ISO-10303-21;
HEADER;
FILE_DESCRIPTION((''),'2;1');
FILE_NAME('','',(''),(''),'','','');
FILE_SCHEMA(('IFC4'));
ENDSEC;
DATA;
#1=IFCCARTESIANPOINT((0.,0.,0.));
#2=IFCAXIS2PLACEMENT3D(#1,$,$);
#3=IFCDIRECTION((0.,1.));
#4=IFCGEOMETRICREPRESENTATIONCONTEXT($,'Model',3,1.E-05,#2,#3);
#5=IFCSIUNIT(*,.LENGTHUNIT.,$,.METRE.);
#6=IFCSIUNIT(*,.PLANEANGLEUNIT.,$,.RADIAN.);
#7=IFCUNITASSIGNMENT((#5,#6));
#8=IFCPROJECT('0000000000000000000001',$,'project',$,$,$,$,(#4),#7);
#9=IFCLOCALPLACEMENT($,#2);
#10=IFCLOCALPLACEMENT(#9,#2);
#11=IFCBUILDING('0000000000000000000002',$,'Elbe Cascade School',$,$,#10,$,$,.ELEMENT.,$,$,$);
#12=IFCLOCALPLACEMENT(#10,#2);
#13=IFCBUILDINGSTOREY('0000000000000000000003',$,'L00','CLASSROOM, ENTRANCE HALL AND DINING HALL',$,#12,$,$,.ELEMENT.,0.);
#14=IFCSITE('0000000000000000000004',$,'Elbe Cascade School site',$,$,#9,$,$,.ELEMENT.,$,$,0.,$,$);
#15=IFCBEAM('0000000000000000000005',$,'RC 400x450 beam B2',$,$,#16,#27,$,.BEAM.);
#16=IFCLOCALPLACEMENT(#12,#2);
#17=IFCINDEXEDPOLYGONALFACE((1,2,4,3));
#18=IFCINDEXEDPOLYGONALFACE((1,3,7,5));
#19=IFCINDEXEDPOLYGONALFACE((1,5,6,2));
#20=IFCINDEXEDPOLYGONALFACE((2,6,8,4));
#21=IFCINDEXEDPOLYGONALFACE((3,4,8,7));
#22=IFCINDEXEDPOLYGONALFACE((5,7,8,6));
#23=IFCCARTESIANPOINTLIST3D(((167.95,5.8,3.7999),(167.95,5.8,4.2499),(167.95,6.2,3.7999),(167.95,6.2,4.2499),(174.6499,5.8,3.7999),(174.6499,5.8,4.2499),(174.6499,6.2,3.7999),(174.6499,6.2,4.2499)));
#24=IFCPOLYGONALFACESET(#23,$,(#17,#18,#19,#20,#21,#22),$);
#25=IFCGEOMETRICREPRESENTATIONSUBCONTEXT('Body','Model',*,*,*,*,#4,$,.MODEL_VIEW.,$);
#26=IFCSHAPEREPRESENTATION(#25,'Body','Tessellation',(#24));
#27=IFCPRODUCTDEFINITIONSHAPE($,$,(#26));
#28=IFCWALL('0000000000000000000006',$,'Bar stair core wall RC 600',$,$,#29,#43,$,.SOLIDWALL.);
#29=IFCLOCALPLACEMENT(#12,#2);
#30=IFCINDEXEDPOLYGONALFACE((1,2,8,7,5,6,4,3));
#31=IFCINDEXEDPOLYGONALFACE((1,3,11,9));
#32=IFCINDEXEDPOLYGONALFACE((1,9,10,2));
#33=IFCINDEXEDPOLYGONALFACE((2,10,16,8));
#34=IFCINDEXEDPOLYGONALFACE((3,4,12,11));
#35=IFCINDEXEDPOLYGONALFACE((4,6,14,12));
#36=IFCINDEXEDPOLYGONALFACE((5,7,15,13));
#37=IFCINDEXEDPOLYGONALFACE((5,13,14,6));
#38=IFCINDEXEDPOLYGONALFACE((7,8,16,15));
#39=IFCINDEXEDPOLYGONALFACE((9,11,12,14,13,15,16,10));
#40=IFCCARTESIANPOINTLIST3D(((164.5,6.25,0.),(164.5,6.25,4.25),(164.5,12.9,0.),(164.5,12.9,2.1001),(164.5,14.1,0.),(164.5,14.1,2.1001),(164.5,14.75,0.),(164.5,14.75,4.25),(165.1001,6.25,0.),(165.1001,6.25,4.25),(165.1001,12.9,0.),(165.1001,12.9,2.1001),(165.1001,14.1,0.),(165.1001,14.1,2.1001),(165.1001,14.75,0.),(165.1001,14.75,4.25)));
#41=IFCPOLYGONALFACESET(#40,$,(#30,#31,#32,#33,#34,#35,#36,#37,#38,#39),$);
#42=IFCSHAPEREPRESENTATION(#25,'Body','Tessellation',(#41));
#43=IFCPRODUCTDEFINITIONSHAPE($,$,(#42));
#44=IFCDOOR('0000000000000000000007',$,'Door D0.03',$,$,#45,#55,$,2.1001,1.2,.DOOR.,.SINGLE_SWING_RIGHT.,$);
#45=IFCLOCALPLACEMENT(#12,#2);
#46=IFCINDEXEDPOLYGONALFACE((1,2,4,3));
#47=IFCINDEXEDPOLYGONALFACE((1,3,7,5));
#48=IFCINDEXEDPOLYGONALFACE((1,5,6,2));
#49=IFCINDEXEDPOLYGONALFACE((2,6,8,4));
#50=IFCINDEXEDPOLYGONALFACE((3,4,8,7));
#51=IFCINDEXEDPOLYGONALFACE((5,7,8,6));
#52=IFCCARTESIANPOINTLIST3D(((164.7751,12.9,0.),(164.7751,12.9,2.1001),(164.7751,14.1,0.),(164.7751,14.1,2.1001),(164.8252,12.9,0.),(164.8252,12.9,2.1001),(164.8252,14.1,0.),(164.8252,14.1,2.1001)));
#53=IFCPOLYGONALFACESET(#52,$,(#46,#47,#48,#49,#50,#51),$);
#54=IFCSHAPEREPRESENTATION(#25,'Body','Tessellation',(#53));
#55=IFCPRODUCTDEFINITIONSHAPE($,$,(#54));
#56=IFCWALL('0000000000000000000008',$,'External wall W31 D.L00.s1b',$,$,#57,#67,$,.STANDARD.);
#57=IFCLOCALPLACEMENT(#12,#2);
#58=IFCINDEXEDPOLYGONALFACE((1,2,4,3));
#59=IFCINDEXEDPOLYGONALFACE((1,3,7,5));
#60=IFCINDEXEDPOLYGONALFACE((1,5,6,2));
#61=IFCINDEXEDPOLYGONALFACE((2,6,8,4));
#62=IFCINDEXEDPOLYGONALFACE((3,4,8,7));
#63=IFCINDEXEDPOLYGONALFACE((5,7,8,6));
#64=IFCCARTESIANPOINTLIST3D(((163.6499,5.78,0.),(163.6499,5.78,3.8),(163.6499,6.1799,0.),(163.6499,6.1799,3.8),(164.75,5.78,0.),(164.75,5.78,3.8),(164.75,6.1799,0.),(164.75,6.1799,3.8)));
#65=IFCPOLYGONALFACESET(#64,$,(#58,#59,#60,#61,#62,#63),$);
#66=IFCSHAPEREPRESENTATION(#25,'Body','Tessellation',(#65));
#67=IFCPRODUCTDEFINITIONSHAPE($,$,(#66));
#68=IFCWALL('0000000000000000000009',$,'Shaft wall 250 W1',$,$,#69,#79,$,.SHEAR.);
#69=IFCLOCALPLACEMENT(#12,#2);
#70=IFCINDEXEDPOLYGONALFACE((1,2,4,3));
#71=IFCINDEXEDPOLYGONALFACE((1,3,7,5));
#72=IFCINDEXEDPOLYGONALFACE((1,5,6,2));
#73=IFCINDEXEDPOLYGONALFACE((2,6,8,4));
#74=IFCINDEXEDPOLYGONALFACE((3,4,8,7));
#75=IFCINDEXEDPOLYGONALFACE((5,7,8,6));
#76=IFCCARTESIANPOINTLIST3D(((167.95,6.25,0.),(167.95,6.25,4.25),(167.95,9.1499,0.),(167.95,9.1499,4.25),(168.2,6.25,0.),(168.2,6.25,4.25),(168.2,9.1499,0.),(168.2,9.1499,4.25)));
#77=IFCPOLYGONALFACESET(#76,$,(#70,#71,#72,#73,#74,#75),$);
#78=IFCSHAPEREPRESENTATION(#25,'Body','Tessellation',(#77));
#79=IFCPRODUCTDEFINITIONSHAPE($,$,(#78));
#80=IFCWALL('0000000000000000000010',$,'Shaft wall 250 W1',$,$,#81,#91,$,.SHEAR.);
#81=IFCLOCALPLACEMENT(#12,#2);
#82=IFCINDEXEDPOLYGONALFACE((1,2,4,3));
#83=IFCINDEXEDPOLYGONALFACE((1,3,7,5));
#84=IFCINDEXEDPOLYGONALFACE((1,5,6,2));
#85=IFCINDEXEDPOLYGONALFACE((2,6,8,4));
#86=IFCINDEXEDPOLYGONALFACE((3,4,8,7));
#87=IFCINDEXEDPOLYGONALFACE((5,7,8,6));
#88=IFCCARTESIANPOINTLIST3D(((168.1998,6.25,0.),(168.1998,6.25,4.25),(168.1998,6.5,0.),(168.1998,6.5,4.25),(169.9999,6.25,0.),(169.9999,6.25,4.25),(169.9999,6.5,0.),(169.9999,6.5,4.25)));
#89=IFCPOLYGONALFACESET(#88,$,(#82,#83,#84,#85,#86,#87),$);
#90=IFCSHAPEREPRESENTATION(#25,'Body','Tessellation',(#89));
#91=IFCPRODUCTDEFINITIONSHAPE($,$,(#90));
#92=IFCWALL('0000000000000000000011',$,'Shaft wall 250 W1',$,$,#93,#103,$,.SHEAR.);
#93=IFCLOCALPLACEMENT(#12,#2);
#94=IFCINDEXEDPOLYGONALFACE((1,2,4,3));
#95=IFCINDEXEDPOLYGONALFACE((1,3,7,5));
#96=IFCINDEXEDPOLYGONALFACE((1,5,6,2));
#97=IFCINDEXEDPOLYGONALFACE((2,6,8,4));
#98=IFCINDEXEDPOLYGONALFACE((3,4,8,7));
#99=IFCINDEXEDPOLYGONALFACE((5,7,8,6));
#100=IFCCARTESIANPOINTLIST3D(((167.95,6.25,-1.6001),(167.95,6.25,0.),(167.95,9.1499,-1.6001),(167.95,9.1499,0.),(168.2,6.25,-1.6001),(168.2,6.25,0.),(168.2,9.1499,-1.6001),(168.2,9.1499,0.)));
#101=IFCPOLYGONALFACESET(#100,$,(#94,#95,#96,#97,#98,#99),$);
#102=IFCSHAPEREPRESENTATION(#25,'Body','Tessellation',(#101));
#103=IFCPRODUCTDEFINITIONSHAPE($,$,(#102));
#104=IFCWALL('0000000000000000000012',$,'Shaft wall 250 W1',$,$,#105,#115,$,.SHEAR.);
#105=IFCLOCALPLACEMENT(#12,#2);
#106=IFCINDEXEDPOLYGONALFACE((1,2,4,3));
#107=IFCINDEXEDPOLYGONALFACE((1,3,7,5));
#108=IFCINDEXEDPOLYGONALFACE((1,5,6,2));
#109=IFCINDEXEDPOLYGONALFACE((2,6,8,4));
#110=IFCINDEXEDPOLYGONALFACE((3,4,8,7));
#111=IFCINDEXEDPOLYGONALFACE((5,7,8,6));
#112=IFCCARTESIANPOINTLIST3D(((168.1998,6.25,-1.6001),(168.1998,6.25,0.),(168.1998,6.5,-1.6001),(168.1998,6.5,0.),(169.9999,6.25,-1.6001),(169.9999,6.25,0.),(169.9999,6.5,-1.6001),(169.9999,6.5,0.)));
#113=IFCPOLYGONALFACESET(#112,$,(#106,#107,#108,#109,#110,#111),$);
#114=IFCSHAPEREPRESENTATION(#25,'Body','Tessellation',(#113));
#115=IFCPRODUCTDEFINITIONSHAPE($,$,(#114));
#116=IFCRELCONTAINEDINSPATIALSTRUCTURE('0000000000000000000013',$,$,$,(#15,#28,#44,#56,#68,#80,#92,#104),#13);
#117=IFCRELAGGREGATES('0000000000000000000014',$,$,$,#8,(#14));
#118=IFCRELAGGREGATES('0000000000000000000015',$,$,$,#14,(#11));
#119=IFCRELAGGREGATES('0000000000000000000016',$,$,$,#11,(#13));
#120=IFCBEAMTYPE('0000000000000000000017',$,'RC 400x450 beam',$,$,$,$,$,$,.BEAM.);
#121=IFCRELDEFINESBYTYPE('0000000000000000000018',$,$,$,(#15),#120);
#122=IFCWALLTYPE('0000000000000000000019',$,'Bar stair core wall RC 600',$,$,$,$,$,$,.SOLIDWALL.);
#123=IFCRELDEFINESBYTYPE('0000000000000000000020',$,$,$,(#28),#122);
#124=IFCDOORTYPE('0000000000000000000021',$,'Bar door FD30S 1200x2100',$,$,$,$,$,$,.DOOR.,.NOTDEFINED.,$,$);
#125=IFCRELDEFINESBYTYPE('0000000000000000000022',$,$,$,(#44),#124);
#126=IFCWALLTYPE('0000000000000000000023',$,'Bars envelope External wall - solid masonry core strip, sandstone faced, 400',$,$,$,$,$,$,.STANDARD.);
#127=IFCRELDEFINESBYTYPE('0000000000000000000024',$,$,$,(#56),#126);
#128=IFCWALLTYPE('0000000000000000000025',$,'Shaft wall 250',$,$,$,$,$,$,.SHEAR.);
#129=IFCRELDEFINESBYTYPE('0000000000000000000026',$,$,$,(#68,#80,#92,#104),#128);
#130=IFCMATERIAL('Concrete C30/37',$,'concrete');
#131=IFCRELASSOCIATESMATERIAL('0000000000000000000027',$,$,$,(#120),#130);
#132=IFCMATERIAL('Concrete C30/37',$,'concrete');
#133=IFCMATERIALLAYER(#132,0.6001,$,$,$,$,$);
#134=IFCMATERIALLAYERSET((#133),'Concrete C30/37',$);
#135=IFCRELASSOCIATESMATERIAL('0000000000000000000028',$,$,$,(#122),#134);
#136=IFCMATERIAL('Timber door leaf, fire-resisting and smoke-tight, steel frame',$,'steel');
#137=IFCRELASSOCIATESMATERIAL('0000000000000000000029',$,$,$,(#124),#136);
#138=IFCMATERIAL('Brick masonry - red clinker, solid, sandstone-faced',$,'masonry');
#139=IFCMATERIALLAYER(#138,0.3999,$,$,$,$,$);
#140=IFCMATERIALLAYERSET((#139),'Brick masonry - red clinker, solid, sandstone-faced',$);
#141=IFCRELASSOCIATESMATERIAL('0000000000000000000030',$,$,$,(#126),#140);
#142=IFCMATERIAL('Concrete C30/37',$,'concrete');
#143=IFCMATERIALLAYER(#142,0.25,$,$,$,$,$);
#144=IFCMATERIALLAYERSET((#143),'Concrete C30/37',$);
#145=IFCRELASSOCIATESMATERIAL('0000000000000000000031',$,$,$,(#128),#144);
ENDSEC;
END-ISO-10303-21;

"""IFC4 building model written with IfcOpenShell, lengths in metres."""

from ifc_helpers import new_model, si_unit, direction, frame, frame_2d, origin, origin_2d, place, context, subcontext, project, spatial, rectangle, extrude, material, layer, layer_set, material_profile, profile_set, type_object, element, fill, save


model = new_model("IFC4")

# Units and contexts
model_context = context("Model", 3, precision=1e-05, world=origin(), true_north=direction((0.0, 1.0)))
body_context = subcontext(model_context, "Body", "Model", "MODEL_VIEW")
ifc_project = project(units=[si_unit("LENGTHUNIT", "METRE"), si_unit("PLANEANGLEUNIT", "RADIAN")], contexts=[model_context])

# Site, building, storey
site_placement = place(None, origin())
site = spatial("IfcSite", under=ifc_project, at=site_placement, Name="Elbe Cascade School site", CompositionType="ELEMENT", RefElevation=0.0)
building_placement = place(site_placement, origin())
building = spatial("IfcBuilding", under=site, at=building_placement, Name="Elbe Cascade School", CompositionType="ELEMENT")
storey_placement = place(building_placement, origin())
storey = spatial("IfcBuildingStorey", under=building, at=storey_placement, Name="L00", Description="CLASSROOM, ENTRANCE HALL AND DINING HALL", CompositionType="ELEMENT", Elevation=0.0)

# Beam
ifc_material_1 = material(Name="Concrete C30/37", Category="concrete")
ifc_material_profile_1 = material_profile(ifc_material_1, rectangle(XDim=0.3999, YDim=0.45, at=origin_2d()), Name="RC 400x450")
ifc_profile_set_1 = profile_set([ifc_material_profile_1], Name="Concrete C30/37")
beam_type_1 = type_object("IfcBeamType", Name="RC 400x450 beam", PredefinedType="BEAM", material=ifc_profile_set_1)
beam_1_placement = place(storey_placement, frame((167.95, 6.0, 4.0249), z_axis=(1.0, 0.0, 0.0), x_axis=(0.0, 1.0, 0.0)))
element("IfcBeam", 1, at=beam_1_placement, inside=storey, type_object=beam_type_1, Name="RC 400x450 beam B2", PredefinedType="BEAM", context=body_context, shape_type="SweptSolid", body=[
    extrude(rectangle(XDim=0.3999, YDim=0.45, at=origin_2d()), origin(), (0.0, 0.0, 1.0), 6.7),
])

# Wall, opening, door
ifc_material_2 = material(Name="Concrete C30/37", Category="concrete")
ifc_layer_1 = layer(ifc_material_2, 0.6001)
ifc_layer_set_1 = layer_set([ifc_layer_1], Name="Concrete C30/37")
wall_type_1 = type_object("IfcWallType", Name="Bar stair core wall RC 600", PredefinedType="SOLIDWALL", material=ifc_layer_set_1)
wall_1_placement = place(storey_placement, frame((164.8, 6.25, 0.0), z_axis=(0.0, 0.0, 1.0), x_axis=(0.0, 1.0, 0.0)))
wall_1 = element("IfcWall", 2, at=wall_1_placement, inside=storey, type_object=wall_type_1, Name="Bar stair core wall RC 600", PredefinedType="SOLIDWALL", context=body_context, shape_type="SweptSolid", body=[
    extrude(rectangle(XDim=8.5, YDim=0.6001, at=frame_2d((4.25, 0.0))), origin(), (0.0, 0.0, 1.0), 4.25),
])
opening_1_placement = place(wall_1_placement, frame((6.6499, 0.0, 0.0)))
opening_1 = element("IfcOpeningElement", 3, at=opening_1_placement, cuts=wall_1, PredefinedType="OPENING", context=body_context, shape_type="SweptSolid", body=[
    extrude(rectangle(XDim=1.2, YDim=2.1001, at=frame_2d((0.6001, 1.05))), frame((0.0, 0.3101, 0.0), z_axis=(0.0, -1.0, 0.0), x_axis=(1.0, 0.0, 0.0)), (0.0, 0.0, 1.0), 0.6201),
])
ifc_material_3 = material(Name="Timber door leaf, fire-resisting and smoke-tight, steel frame", Category="steel")
door_type_1 = type_object("IfcDoorType", Name="Bar door FD30S 1200x2100", OperationType="NOTDEFINED", PredefinedType="DOOR", material=ifc_material_3)
door_1_placement = place(opening_1_placement, origin())
door_1 = element("IfcDoor", 4, at=door_1_placement, inside=storey, type_object=door_type_1, Name="Door D0.03", OperationType="SINGLE_SWING_RIGHT", OverallHeight=2.1001, OverallWidth=1.2, PredefinedType="DOOR", context=body_context, shape_type="SweptSolid", body=[
    extrude(rectangle(XDim=1.2, YDim=2.1001, at=frame_2d((0.6001, 1.05))), frame((0.0, 0.0249, 0.0), z_axis=(0.0, -1.0, 0.0), x_axis=(1.0, 0.0, 0.0)), (0.0, 0.0, 1.0), 0.05),
])
fill(opening_1, door_1)

# Walls
ifc_material_4 = material(Name="Brick masonry - red clinker, solid, sandstone-faced", Category="masonry")
ifc_layer_2 = layer(ifc_material_4, 0.3999)
ifc_layer_set_2 = layer_set([ifc_layer_2], Name="Brick masonry - red clinker, solid, sandstone-faced")
wall_type_2 = type_object("IfcWallType", Name="Bars envelope External wall - solid masonry core strip, sandstone faced, 400", PredefinedType="STANDARD", material=ifc_layer_set_2)
wall_2_placement = place(storey_placement, frame((164.75, 5.98, 0.0), z_axis=(0.0, 0.0, 1.0), x_axis=(-1.0, 0.0, 0.0)))
element("IfcWall", 5, at=wall_2_placement, inside=storey, type_object=wall_type_2, Name="External wall W31 D.L00.s1b", PredefinedType="STANDARD", context=body_context, shape_type="SweptSolid", body=[
    extrude(rectangle(XDim=1.1001, YDim=0.3999, at=frame_2d((0.55, 0.0))), origin(), (0.0, 0.0, 1.0), 3.8),
])
ifc_material_5 = material(Name="Concrete C30/37", Category="concrete")
ifc_layer_3 = layer(ifc_material_5, 0.25)
ifc_layer_set_3 = layer_set([ifc_layer_3], Name="Concrete C30/37")
wall_type_3 = type_object("IfcWallType", Name="Shaft wall 250", PredefinedType="SHEAR", material=ifc_layer_set_3)
wall_3_placement = place(storey_placement, frame((168.075, 6.25, 0.0), z_axis=(0.0, 0.0, 1.0), x_axis=(0.0, 1.0, 0.0)))
element("IfcWall", 6, at=wall_3_placement, inside=storey, type_object=wall_type_3, Name="Shaft wall 250 W1", PredefinedType="SHEAR", context=body_context, shape_type="SweptSolid", body=[
    extrude(rectangle(XDim=2.8999, YDim=0.25, at=frame_2d((1.45, 0.0))), origin(), (0.0, 0.0, 1.0), 4.25),
])
wall_4_placement = place(storey_placement, frame((168.2, 6.375, 0.0), z_axis=(0.0, 0.0, 1.0), x_axis=(1.0, 0.0, 0.0)))
element("IfcWall", 7, at=wall_4_placement, inside=storey, type_object=wall_type_3, Name="Shaft wall 250 W1", PredefinedType="SHEAR", context=body_context, shape_type="SweptSolid", body=[
    extrude(rectangle(XDim=1.8, YDim=0.25, at=frame_2d((0.8999, 0.0))), origin(), (0.0, 0.0, 1.0), 4.25),
])
wall_5_placement = place(storey_placement, frame((168.075, 6.25, -1.6001), z_axis=(0.0, 0.0, 1.0), x_axis=(0.0, 1.0, 0.0)))
element("IfcWall", 8, at=wall_5_placement, inside=storey, type_object=wall_type_3, Name="Shaft wall 250 W1", PredefinedType="SHEAR", context=body_context, shape_type="SweptSolid", body=[
    extrude(rectangle(XDim=2.8999, YDim=0.25, at=frame_2d((1.45, 0.0))), origin(), (0.0, 0.0, 1.0), 1.6001),
])
wall_6_placement = place(storey_placement, frame((168.2, 6.375, -1.6001), z_axis=(0.0, 0.0, 1.0), x_axis=(1.0, 0.0, 0.0)))
element("IfcWall", 9, at=wall_6_placement, inside=storey, type_object=wall_type_3, Name="Shaft wall 250 W1", PredefinedType="SHEAR", context=body_context, shape_type="SweptSolid", body=[
    extrude(rectangle(XDim=1.8, YDim=0.25, at=frame_2d((0.8999, 0.0))), origin(), (0.0, 0.0, 1.0), 1.6001),
])

save(model, "model.ifc")
